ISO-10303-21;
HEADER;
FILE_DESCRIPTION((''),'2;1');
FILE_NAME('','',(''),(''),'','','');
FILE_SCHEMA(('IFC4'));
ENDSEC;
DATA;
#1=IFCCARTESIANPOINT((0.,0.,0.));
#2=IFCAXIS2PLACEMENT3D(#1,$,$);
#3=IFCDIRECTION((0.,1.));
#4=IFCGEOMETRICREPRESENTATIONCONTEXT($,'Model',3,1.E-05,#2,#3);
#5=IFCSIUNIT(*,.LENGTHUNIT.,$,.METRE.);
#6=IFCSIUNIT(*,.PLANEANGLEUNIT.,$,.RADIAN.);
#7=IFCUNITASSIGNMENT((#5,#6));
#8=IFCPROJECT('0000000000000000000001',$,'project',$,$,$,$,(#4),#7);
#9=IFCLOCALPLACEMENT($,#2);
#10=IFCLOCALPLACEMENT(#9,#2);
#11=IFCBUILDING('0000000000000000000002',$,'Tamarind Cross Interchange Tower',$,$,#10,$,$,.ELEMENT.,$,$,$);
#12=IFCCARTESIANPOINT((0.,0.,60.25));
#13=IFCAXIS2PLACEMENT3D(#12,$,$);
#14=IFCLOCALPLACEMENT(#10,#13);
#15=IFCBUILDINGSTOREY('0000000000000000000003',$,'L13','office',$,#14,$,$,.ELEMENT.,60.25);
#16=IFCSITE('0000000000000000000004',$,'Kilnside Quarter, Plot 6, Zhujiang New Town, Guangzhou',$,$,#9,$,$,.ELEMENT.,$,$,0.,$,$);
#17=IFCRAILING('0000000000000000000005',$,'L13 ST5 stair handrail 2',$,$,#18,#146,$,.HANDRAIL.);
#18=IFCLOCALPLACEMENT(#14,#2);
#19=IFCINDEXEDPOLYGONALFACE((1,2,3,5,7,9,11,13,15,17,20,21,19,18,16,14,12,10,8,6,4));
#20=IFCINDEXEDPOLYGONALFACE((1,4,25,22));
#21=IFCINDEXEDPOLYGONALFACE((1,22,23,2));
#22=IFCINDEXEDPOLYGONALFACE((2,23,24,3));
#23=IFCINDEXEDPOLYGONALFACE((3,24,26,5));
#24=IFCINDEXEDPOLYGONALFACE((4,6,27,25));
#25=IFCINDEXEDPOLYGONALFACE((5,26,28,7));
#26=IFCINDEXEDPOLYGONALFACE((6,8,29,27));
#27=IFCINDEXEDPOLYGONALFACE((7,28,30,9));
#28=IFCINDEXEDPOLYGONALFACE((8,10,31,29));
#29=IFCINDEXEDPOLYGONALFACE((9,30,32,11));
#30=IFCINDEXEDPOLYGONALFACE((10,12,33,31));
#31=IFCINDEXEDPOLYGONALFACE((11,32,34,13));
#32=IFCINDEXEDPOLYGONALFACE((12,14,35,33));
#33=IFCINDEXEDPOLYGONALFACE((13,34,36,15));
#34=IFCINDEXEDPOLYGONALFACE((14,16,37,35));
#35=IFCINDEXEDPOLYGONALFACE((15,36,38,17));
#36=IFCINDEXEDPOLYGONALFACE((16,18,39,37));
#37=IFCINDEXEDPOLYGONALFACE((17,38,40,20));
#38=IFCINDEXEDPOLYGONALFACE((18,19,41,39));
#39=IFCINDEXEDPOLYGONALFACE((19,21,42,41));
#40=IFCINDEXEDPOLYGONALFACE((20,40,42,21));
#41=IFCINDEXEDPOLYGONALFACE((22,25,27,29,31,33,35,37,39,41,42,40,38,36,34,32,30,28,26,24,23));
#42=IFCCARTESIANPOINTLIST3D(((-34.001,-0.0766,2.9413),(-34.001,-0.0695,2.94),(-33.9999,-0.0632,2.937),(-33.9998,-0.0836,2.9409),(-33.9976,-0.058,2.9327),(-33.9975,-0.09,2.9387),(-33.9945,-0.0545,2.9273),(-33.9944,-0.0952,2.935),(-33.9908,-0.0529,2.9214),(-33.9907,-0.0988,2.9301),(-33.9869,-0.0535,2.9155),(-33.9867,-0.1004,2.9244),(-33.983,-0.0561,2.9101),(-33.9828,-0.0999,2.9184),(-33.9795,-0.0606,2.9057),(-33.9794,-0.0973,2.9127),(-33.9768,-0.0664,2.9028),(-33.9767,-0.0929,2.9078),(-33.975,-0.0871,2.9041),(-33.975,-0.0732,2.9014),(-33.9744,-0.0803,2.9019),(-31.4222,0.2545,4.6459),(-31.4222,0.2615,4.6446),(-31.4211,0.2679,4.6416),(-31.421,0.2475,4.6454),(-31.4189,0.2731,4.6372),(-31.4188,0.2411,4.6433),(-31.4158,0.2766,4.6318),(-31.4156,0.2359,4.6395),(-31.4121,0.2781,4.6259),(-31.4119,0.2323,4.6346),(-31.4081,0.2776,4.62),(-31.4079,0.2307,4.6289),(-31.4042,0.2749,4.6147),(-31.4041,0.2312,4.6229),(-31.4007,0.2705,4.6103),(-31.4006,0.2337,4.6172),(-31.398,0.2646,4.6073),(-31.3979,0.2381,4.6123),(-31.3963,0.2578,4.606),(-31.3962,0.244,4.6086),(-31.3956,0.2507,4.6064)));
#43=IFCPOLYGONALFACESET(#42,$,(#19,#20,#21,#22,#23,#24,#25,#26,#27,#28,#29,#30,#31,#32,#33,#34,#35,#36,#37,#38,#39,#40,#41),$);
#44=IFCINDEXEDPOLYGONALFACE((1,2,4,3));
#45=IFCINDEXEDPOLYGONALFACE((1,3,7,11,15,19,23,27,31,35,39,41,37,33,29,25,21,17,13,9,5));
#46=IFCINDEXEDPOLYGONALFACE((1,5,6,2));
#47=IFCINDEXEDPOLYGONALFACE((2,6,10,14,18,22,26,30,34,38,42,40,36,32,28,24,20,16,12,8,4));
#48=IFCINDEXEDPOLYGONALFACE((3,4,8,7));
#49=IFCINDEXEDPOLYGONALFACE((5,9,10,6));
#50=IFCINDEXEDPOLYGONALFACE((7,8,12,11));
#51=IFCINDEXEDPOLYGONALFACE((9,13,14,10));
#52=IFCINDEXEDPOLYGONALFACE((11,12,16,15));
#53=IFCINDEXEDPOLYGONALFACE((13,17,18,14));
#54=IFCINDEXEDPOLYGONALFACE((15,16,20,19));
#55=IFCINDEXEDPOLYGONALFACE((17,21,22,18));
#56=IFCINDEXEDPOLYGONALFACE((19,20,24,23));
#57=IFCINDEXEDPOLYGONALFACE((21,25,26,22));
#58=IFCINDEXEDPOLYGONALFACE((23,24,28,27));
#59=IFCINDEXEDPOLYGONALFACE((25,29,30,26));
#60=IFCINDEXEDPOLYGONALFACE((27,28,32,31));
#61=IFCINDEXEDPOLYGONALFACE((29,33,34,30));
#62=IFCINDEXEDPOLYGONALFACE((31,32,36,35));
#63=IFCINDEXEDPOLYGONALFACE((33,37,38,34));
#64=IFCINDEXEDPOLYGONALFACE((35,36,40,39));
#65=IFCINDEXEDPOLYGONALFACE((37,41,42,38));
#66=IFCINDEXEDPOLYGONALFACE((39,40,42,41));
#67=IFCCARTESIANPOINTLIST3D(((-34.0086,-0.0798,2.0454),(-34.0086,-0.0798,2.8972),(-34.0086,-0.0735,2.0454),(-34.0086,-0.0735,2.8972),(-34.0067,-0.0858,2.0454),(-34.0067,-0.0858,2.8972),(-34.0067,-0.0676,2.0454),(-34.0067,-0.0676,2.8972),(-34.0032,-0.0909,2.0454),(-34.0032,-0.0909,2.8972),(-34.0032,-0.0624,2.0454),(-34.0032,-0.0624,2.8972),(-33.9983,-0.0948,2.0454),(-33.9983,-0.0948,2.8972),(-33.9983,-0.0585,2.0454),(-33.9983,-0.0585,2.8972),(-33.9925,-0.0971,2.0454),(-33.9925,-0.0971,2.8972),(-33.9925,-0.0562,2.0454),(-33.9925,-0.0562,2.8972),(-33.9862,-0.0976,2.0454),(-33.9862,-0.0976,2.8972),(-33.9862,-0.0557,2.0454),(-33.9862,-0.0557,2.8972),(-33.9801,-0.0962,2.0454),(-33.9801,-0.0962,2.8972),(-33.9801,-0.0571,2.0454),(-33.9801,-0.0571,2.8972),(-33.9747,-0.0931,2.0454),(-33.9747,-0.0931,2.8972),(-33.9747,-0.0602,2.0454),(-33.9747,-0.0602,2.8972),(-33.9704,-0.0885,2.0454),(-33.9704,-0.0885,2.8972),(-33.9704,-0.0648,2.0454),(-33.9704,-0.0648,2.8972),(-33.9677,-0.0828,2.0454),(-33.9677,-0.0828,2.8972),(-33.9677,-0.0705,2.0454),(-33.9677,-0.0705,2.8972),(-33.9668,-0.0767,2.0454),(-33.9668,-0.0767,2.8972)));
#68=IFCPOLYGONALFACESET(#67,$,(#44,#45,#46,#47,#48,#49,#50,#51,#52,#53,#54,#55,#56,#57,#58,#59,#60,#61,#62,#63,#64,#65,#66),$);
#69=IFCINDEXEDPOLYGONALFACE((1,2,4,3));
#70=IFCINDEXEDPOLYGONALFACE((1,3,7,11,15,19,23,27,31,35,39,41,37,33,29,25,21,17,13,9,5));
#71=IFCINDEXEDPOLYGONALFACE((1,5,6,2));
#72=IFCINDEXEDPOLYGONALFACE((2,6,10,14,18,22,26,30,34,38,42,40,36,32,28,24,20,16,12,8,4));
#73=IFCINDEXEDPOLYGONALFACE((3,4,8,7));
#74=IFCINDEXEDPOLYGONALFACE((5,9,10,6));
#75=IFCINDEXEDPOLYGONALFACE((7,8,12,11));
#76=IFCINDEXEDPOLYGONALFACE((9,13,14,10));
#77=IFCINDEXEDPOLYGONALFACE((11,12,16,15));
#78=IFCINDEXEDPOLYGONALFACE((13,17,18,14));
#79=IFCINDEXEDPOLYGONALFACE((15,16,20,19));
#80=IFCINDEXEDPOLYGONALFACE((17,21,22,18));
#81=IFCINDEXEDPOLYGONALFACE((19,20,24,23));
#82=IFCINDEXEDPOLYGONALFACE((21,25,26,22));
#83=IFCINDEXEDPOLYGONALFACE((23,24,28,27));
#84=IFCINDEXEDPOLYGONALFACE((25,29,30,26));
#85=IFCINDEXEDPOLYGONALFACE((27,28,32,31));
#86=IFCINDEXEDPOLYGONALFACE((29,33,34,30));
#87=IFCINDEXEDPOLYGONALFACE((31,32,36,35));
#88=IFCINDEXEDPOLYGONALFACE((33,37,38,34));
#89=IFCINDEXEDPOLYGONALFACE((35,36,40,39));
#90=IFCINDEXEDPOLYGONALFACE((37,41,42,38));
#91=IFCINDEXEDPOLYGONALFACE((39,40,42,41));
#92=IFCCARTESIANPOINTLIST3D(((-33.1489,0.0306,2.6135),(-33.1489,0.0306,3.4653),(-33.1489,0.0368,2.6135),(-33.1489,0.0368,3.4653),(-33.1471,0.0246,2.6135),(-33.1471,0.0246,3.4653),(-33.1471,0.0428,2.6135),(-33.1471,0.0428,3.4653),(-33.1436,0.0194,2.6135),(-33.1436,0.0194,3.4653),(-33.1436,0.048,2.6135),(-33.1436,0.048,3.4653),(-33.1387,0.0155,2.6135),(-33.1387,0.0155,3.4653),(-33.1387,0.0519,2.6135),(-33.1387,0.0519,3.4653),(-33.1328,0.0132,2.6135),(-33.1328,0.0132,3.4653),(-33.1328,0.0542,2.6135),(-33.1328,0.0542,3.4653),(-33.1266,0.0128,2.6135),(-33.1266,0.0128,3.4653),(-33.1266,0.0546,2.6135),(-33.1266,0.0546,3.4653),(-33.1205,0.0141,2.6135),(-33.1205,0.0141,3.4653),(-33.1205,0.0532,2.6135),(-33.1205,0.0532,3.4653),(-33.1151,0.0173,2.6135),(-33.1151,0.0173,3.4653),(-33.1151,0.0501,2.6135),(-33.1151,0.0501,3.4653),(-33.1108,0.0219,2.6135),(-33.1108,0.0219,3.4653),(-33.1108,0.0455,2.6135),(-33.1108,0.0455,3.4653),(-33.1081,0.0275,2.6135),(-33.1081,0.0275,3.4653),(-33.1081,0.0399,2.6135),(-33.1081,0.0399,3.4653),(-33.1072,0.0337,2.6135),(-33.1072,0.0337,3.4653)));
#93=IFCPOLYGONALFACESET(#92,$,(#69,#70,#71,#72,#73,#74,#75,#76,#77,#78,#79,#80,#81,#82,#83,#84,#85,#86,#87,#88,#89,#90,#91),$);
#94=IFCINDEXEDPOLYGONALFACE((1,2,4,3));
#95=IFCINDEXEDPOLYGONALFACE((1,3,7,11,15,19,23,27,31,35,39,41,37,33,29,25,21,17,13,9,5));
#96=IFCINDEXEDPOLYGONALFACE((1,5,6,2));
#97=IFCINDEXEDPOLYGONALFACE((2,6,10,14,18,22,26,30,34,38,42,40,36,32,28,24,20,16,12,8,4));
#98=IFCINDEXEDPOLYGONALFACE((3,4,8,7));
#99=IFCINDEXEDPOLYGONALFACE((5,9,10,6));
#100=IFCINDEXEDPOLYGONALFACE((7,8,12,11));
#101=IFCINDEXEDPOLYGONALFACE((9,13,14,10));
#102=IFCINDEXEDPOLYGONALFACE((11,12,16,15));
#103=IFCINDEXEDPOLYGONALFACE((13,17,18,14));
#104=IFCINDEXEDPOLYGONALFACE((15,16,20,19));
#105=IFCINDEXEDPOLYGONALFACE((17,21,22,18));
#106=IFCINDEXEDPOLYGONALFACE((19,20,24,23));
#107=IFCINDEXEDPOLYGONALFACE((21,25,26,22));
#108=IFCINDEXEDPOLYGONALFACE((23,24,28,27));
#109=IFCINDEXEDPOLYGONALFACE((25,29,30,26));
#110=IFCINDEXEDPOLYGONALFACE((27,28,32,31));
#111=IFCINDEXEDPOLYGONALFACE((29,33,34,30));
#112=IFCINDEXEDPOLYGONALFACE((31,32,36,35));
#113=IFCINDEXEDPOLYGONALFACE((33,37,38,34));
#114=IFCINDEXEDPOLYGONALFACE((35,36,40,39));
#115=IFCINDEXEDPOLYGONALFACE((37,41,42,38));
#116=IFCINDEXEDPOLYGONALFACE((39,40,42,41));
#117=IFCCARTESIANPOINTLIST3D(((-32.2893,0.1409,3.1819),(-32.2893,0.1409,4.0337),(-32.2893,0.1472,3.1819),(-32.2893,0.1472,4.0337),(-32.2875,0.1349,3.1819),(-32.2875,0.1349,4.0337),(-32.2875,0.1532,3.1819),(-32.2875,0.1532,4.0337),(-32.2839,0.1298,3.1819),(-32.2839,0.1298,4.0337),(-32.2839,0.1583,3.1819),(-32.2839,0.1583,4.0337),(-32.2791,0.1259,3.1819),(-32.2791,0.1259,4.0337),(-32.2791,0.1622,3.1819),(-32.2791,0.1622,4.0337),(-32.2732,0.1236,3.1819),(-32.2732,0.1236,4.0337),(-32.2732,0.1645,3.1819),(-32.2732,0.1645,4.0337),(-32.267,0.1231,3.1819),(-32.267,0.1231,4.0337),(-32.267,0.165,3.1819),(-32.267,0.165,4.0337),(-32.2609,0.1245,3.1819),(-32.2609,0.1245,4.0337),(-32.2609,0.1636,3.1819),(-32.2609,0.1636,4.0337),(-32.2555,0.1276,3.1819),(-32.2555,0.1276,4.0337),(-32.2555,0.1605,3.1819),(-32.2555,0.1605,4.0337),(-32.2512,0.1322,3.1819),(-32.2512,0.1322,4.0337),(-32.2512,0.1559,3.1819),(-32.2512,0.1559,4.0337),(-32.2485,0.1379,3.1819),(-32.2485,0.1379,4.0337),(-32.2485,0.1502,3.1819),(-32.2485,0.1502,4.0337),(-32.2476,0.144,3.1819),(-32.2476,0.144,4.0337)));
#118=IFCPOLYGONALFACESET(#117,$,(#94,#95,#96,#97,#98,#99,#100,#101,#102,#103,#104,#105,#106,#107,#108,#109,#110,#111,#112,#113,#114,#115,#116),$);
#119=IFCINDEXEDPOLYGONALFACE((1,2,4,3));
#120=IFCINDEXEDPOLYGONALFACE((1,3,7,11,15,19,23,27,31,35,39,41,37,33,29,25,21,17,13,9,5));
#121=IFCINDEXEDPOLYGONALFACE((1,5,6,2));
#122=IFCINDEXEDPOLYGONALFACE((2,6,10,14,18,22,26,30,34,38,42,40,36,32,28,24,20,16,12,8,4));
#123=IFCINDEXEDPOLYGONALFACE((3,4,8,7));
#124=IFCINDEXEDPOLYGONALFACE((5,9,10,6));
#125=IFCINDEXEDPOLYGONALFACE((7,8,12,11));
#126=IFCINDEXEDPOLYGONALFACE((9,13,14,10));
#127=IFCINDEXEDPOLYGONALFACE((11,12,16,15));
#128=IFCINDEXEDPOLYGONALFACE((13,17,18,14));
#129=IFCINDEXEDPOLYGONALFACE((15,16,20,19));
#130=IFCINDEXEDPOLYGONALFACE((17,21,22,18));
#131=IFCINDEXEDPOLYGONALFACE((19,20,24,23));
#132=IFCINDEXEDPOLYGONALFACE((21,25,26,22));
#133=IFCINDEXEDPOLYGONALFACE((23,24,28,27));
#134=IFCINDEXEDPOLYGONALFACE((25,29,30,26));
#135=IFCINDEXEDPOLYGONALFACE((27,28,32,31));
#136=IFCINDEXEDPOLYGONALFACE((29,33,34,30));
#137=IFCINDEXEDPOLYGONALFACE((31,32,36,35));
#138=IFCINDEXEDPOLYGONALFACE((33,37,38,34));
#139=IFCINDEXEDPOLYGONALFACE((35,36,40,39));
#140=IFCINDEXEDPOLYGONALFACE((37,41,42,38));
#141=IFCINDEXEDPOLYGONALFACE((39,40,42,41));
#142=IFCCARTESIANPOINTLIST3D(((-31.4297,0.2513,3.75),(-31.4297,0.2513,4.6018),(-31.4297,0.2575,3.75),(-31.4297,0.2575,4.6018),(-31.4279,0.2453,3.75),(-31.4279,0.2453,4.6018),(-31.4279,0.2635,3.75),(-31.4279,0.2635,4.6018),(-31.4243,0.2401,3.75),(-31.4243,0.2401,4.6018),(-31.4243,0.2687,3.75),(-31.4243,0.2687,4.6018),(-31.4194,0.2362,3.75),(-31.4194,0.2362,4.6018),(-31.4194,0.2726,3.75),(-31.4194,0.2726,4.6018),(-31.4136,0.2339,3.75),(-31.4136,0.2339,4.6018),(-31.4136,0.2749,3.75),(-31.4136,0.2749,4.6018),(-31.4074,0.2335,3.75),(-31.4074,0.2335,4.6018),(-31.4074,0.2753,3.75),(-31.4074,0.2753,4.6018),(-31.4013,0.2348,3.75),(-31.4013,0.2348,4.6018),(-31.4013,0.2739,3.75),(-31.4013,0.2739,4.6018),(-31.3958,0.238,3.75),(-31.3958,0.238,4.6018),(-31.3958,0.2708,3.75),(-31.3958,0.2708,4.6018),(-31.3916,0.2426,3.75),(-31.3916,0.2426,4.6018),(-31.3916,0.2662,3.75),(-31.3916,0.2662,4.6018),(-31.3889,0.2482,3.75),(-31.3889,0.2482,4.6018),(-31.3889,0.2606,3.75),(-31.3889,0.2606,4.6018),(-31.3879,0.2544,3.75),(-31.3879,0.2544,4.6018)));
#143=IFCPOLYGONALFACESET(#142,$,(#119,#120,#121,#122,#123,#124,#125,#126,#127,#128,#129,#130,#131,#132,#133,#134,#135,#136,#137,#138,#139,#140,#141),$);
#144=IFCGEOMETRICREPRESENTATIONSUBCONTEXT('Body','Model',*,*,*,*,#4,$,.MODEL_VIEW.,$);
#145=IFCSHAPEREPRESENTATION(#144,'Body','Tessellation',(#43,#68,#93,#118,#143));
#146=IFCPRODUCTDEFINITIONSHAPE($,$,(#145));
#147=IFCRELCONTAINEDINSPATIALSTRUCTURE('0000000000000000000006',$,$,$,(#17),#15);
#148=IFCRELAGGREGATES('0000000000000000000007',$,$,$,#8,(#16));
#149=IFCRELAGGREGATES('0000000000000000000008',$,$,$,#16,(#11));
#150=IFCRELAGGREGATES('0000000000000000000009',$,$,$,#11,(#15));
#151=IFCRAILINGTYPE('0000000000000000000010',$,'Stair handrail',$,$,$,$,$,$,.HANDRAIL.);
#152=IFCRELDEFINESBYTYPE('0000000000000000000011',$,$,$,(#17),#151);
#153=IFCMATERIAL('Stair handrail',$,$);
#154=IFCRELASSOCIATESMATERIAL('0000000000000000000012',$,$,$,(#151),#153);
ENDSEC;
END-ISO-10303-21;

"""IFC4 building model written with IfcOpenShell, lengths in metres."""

from ifc_helpers import new_model, si_unit, direction, frame, origin, origin_2d, place, context, subcontext, project, spatial, circle, extrude, material, type_object, element, save


model = new_model("IFC4")

# Units and contexts
model_context = context("Model", 3, precision=1e-05, world=origin(), true_north=direction((0.0, 1.0)))
body_context = subcontext(model_context, "Body", "Model", "MODEL_VIEW")
ifc_project = project(units=[si_unit("LENGTHUNIT", "METRE"), si_unit("PLANEANGLEUNIT", "RADIAN")], contexts=[model_context])

# Site, building, storey
site_placement = place(None, origin())
site = spatial("IfcSite", under=ifc_project, at=site_placement, Name="Kilnside Quarter, Plot 6, Zhujiang New Town, Guangzhou", CompositionType="ELEMENT", RefElevation=0.0)
building_placement = place(site_placement, origin())
building = spatial("IfcBuilding", under=site, at=building_placement, Name="Tamarind Cross Interchange Tower", CompositionType="ELEMENT")
storey_placement = place(building_placement, frame((0.0, 0.0, 60.25)))
storey = spatial("IfcBuildingStorey", under=building, at=storey_placement, Name="L13", Description="office", CompositionType="ELEMENT", Elevation=60.25)

# Railing
ifc_material_1 = material(Name="Stair handrail")
railing_type = type_object("IfcRailingType", Name="Stair handrail", PredefinedType="HANDRAIL", material=ifc_material_1)
railing_1_placement = place(storey_placement, frame((-33.9878, -0.0767, 2.0454)))
element("IfcRailing", 1, at=railing_1_placement, inside=storey, type_object=railing_type, Name="L13 ST5 stair handrail 2", PredefinedType="HANDRAIL", context=body_context, shape_type="SweptSolid", body=[
    extrude(circle(Radius=0.0239, at=origin_2d()), frame((0.0, 0.0, 0.876), z_axis=(0.829488, 0.106484, 0.54828), x_axis=(-0.127328, 0.991861, 0.0)), (0.0, 0.0, 1.0), 3.1089),
    extrude(circle(Radius=0.021, at=origin_2d()), origin(), (0.0, 0.0, 1.0), 0.8518),
    extrude(circle(Radius=0.021, at=origin_2d()), frame((0.8596, 0.1104, 0.5681)), (0.0, 0.0, 1.0), 0.8518),
    extrude(circle(Radius=0.021, at=origin_2d()), frame((1.7192, 0.2207, 1.1365)), (0.0, 0.0, 1.0), 0.8518),
    extrude(circle(Radius=0.021, at=origin_2d()), frame((2.5789, 0.3311, 1.7046)), (0.0, 0.0, 1.0), 0.8518),
])

save(model, "model.ifc")
